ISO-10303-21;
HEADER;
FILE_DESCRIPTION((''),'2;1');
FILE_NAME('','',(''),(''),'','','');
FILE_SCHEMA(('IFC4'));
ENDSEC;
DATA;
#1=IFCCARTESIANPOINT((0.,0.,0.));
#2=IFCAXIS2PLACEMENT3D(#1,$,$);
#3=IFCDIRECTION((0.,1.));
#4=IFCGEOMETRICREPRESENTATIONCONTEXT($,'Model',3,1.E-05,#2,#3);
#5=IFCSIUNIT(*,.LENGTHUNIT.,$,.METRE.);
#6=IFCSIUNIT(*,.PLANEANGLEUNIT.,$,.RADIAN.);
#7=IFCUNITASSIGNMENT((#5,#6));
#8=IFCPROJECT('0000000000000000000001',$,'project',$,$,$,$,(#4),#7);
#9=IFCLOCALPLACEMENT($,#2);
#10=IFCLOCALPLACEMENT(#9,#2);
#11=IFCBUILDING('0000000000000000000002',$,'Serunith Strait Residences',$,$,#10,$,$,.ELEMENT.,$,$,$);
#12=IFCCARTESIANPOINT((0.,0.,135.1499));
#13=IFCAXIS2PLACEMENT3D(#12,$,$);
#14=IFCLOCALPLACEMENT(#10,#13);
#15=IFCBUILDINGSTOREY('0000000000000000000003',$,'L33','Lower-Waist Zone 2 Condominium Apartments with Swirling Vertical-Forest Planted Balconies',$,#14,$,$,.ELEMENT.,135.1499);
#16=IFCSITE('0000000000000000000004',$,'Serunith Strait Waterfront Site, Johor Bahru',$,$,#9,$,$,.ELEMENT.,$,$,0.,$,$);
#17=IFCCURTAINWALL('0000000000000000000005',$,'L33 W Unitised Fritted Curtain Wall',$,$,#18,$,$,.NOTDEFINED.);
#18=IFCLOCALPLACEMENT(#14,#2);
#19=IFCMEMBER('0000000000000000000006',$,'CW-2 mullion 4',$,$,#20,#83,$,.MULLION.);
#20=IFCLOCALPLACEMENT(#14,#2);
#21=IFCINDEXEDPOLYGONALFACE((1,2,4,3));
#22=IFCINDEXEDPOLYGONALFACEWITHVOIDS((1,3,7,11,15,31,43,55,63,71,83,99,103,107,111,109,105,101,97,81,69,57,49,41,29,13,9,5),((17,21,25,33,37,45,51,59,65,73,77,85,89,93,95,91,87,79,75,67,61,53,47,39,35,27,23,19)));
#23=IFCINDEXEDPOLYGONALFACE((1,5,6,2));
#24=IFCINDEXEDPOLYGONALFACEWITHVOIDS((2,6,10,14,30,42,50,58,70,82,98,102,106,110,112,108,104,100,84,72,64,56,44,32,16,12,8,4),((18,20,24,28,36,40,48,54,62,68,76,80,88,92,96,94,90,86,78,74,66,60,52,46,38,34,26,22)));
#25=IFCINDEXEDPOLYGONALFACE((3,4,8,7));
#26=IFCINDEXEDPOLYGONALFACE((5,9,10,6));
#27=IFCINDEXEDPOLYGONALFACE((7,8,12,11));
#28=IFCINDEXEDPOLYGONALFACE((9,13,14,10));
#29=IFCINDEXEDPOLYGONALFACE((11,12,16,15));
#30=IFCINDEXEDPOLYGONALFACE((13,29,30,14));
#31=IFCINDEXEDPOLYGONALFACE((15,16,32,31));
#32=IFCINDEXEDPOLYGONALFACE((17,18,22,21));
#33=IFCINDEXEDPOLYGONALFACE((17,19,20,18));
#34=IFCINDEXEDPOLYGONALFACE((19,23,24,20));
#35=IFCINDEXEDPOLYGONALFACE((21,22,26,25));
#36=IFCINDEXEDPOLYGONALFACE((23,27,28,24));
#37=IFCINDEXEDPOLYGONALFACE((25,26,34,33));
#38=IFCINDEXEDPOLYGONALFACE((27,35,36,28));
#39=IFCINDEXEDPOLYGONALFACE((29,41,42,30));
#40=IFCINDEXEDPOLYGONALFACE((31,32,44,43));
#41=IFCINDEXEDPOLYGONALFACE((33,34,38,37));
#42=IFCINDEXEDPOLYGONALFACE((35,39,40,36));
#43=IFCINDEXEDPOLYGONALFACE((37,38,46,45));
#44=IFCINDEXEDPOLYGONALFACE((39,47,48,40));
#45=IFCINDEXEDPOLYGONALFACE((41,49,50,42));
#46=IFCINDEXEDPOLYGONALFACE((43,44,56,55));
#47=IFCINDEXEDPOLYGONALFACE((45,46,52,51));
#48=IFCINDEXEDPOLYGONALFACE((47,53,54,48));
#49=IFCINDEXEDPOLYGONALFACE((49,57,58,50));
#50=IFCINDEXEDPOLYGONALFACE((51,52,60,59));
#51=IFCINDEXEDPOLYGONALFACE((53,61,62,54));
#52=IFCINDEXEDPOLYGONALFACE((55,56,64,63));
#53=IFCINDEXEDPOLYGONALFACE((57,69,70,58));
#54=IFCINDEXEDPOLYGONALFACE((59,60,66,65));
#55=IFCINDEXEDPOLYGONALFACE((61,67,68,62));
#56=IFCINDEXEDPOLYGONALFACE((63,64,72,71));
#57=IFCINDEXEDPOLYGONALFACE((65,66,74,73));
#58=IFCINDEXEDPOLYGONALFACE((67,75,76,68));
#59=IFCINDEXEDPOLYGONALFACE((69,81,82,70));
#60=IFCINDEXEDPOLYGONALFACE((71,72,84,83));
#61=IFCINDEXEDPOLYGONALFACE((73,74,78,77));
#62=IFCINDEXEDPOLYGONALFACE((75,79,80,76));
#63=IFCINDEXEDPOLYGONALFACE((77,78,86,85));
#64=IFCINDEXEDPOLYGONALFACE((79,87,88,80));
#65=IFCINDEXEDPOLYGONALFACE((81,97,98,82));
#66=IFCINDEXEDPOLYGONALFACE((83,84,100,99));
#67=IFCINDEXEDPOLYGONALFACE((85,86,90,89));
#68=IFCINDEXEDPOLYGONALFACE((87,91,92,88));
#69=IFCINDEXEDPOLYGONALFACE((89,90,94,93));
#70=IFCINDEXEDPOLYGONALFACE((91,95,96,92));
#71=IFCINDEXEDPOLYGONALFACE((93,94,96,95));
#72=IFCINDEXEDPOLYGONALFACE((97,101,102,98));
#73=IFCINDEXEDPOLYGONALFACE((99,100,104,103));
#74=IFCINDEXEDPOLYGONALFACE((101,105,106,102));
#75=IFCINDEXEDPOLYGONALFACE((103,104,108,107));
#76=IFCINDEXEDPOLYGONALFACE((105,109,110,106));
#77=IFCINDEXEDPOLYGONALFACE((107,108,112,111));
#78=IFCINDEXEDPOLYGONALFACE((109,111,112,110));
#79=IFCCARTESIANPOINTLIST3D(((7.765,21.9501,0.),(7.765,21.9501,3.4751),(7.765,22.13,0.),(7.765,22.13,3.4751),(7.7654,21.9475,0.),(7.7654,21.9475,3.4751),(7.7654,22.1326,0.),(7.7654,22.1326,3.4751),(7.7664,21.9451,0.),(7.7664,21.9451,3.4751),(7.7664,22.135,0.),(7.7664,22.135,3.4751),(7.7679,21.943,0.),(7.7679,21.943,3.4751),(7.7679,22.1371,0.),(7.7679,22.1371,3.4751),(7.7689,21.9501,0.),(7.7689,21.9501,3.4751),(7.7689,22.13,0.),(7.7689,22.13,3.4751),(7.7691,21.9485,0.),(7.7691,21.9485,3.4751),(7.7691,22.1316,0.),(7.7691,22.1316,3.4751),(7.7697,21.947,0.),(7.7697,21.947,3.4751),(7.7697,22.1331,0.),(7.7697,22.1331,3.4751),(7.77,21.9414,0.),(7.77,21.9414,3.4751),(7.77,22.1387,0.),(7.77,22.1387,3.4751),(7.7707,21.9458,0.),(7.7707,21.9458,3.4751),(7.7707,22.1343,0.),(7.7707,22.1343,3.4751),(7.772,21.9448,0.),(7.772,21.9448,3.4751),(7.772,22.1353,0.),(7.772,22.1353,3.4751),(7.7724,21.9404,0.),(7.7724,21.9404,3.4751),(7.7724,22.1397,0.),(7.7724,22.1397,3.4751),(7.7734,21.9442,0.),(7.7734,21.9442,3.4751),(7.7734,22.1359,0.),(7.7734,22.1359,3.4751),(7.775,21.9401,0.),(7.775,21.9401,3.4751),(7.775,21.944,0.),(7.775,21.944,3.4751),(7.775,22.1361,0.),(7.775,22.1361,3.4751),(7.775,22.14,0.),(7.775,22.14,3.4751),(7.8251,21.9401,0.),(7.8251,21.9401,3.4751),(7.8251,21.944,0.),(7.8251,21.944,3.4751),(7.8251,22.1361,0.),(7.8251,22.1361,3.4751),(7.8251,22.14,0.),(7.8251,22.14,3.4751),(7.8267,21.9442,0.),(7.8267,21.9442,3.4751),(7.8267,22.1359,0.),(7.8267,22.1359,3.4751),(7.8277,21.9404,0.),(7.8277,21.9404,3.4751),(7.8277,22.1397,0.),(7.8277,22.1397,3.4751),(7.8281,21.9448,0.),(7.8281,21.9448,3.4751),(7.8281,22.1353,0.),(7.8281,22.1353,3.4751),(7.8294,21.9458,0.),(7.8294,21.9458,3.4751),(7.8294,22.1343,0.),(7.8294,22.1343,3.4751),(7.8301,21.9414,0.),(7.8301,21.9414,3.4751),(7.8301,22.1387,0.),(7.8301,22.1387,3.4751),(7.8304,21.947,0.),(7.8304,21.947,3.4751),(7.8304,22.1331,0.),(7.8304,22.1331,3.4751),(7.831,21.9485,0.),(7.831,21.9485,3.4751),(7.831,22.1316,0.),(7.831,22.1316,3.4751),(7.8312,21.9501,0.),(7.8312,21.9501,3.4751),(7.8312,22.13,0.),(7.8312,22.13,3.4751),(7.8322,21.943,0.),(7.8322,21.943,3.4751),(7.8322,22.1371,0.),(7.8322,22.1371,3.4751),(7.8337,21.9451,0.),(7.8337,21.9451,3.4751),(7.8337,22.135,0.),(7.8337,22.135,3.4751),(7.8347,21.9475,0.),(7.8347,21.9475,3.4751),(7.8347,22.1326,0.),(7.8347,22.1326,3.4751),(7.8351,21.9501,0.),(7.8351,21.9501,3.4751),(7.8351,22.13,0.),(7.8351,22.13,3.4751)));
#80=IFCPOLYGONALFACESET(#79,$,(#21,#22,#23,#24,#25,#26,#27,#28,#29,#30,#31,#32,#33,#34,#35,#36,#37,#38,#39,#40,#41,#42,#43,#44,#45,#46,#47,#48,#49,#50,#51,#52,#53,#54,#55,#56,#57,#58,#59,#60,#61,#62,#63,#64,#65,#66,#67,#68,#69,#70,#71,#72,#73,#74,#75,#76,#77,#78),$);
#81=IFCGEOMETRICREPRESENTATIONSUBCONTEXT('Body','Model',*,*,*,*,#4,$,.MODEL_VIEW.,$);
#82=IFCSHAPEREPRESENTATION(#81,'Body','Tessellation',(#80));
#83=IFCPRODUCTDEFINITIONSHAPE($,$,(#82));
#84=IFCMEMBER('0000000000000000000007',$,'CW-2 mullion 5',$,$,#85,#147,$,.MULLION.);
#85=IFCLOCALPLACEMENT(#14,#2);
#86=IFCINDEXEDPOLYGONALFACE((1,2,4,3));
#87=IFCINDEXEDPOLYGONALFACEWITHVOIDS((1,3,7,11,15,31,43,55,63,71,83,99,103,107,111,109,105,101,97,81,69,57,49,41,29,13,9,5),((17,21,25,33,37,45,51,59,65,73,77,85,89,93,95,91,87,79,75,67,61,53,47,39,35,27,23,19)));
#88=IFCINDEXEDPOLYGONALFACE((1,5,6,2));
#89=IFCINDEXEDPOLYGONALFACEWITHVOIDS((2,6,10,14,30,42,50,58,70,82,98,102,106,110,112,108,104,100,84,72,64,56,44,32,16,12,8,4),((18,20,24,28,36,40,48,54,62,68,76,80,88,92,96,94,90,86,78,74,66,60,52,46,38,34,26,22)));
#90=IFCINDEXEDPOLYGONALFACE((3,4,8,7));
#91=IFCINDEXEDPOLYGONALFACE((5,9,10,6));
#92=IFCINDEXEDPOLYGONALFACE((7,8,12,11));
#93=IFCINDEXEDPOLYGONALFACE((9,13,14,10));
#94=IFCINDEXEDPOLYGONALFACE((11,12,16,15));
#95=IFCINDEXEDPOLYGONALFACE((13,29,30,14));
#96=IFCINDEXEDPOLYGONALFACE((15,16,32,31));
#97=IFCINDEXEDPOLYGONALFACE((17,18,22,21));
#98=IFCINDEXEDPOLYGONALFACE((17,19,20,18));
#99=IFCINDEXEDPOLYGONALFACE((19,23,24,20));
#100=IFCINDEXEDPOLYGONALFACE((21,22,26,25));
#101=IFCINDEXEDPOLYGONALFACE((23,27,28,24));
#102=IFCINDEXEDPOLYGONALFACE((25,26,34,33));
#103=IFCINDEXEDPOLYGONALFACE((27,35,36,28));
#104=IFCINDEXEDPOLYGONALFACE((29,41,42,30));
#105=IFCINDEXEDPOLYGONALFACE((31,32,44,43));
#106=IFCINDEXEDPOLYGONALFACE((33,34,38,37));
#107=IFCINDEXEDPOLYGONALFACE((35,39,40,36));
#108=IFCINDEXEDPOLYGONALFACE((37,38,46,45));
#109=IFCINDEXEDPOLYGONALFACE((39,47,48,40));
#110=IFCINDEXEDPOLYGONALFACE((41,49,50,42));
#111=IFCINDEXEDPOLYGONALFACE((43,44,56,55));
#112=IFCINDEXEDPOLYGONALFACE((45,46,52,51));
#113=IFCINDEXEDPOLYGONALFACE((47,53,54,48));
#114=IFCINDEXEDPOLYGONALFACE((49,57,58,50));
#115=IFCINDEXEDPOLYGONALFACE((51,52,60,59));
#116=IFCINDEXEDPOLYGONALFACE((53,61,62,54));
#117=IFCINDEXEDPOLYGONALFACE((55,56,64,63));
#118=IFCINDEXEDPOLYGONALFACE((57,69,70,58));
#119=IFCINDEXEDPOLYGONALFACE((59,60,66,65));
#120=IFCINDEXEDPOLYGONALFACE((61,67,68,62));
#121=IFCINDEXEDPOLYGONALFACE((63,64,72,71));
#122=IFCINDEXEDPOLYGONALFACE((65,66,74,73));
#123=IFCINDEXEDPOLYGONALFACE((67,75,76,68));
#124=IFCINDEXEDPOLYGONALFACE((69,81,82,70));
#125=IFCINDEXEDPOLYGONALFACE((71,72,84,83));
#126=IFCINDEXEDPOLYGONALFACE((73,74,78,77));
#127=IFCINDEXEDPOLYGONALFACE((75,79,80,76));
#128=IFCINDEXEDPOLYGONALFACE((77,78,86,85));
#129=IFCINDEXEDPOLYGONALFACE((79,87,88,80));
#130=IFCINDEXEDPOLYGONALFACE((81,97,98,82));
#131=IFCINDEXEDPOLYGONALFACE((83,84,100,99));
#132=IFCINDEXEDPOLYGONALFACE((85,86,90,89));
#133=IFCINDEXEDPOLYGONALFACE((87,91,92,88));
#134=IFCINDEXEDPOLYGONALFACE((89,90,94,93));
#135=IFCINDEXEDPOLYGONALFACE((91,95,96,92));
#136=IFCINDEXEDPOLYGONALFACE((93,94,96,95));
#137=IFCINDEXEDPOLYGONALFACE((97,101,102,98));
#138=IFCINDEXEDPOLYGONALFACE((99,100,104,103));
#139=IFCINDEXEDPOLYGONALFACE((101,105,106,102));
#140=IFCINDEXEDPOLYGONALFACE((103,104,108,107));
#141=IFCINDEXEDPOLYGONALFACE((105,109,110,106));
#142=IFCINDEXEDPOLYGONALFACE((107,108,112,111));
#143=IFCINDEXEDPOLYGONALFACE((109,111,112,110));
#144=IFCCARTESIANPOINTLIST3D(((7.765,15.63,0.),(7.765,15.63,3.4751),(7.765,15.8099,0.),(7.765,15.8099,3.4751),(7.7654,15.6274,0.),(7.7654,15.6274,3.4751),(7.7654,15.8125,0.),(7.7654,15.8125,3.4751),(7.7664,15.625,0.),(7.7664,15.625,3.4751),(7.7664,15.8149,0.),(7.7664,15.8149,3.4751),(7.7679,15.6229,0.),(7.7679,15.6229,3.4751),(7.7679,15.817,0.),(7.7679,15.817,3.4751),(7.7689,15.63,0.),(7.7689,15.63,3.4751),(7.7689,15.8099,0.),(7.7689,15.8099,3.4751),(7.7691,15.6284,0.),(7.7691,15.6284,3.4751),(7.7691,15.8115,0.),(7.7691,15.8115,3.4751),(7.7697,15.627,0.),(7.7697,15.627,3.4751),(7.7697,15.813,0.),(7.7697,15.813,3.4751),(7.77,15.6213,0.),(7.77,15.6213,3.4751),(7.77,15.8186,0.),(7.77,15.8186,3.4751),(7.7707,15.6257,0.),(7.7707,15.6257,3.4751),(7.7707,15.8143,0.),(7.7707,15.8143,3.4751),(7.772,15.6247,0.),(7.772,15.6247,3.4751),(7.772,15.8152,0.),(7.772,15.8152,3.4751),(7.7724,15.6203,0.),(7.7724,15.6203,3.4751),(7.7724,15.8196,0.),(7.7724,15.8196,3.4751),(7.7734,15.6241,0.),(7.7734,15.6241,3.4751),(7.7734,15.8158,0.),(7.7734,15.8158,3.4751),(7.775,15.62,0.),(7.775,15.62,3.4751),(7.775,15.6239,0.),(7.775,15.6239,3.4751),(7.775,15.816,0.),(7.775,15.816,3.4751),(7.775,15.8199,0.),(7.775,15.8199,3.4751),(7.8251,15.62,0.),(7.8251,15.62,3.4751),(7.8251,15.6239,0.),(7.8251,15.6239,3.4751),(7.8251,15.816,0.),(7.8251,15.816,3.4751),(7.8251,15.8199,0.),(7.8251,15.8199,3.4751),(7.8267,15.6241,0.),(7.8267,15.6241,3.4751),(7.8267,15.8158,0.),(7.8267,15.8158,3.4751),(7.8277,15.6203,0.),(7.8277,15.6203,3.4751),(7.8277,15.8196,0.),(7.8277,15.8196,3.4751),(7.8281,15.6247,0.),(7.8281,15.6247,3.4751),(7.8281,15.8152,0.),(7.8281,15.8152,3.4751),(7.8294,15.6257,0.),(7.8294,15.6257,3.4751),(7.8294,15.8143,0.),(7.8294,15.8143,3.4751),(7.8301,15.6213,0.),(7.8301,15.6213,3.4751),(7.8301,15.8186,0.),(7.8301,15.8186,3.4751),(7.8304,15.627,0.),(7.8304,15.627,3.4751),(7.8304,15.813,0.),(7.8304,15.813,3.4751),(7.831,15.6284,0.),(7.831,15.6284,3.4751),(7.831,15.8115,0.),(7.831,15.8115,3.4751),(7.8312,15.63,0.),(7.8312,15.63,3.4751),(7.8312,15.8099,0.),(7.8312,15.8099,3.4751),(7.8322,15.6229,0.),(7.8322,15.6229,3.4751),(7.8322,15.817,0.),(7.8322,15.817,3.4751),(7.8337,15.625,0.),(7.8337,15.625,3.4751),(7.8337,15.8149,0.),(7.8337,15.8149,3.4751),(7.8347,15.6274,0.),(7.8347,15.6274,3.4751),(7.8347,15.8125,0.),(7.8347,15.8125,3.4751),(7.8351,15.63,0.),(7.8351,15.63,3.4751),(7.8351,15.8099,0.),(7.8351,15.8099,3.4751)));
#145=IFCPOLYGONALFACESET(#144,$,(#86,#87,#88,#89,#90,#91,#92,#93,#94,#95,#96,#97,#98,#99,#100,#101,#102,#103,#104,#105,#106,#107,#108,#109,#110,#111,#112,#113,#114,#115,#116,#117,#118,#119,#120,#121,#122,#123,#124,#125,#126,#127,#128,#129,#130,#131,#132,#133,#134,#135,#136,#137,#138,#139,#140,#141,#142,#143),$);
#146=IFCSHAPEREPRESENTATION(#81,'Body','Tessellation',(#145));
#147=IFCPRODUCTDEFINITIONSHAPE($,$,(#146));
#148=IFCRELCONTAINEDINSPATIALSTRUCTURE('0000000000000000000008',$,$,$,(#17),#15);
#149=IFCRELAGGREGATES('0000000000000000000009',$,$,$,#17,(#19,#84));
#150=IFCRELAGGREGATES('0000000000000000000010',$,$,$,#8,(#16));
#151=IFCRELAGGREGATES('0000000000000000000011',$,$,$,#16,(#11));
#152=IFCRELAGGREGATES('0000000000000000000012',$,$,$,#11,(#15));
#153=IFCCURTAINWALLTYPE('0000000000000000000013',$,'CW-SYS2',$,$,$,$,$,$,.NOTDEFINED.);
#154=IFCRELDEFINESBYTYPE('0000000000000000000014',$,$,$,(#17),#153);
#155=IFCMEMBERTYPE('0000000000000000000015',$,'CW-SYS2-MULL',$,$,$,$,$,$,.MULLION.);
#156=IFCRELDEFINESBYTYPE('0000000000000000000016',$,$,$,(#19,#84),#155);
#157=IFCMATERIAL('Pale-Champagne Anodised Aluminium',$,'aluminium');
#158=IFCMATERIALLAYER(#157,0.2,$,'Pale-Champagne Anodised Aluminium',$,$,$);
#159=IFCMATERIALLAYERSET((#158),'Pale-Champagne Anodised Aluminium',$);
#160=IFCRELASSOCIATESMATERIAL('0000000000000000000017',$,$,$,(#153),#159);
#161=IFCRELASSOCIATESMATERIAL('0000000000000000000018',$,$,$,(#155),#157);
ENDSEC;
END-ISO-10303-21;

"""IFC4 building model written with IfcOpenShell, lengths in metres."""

from ifc_helpers import new_model, si_unit, direction, frame, origin, origin_2d, place, context, subcontext, project, spatial, hollow_rectangle, extrude, source, transform, mapped, material, layer, layer_set, material_profile, profile_set, type_object, element, aggregate, save


model = new_model("IFC4")

# Units and contexts
model_context = context("Model", 3, precision=1e-05, world=origin(), true_north=direction((0.0, 1.0)))
body_context = subcontext(model_context, "Body", "Model", "MODEL_VIEW")
ifc_project = project(units=[si_unit("LENGTHUNIT", "METRE"), si_unit("PLANEANGLEUNIT", "RADIAN")], contexts=[model_context])

# Site, building, storey
site_placement = place(None, origin())
site = spatial("IfcSite", under=ifc_project, at=site_placement, Name="Serunith Strait Waterfront Site, Johor Bahru", CompositionType="ELEMENT", RefElevation=0.0)
building_placement = place(site_placement, origin())
building = spatial("IfcBuilding", under=site, at=building_placement, Name="Serunith Strait Residences", CompositionType="ELEMENT")
storey_placement = place(building_placement, frame((0.0, 0.0, 135.1499)))
storey = spatial("IfcBuildingStorey", under=building, at=storey_placement, Name="L33", Description="Lower-Waist Zone 2 Condominium Apartments with Swirling Vertical-Forest Planted Balconies", CompositionType="ELEMENT", Elevation=135.1499)

# Curtain wall, members
ifc_material_1 = material(Name="Pale-Champagne Anodised Aluminium", Category="aluminium")
ifc_layer_1 = layer(ifc_material_1, 0.2, Name="Pale-Champagne Anodised Aluminium")
ifc_layer_set_1 = layer_set([ifc_layer_1], Name="Pale-Champagne Anodised Aluminium")
curtain_wall_type = type_object("IfcCurtainWallType", Name="CW-SYS2", PredefinedType="NOTDEFINED", material=ifc_layer_set_1)
curtain_wall_placement = place(storey_placement, origin())
curtain_wall = element("IfcCurtainWall", 1, at=curtain_wall_placement, inside=storey, type_object=curtain_wall_type, Name="L33 W Unitised Fritted Curtain Wall", PredefinedType="NOTDEFINED")
ifc_material_profile_1 = material_profile(ifc_material_1, hollow_rectangle(XDim=0.0701, YDim=0.2, WallThickness=0.0039, InnerFilletRadius=0.0061, OuterFilletRadius=0.01, at=origin_2d()), Name="ALU 200x70x4")
ifc_profile_set_1 = profile_set([ifc_material_profile_1], Name="Pale-Champagne Anodised Aluminium")
member_type_1 = type_object("IfcMemberType", Name="CW-SYS2-MULL", PredefinedType="MULLION", material=ifc_profile_set_1)
shared_shape_1 = source(origin(), body_context, "Body", "SweptSolid", [
    extrude(hollow_rectangle(XDim=0.0701, YDim=0.2, WallThickness=0.0039, InnerFilletRadius=0.0061, OuterFilletRadius=0.01, at=origin_2d()), origin(), (0.0, 0.0, 1.0), 3.4751),
])
member_1_placement = place(storey_placement, frame((7.8, 22.04, 0.0), z_axis=(0.0, 0.0, 1.0), x_axis=(1.0, 0.0, 0.0)))
member_1 = element("IfcMember", 2, at=member_1_placement, type_object=member_type_1, Name="CW-2 mullion 4", PredefinedType="MULLION", context=body_context, shape_type="MappedRepresentation", body=[
    mapped(shared_shape_1, transform((0.0, 0.0, 0.0), scale=1.0)),
])
member_2_placement = place(storey_placement, frame((7.8, 15.72, 0.0), z_axis=(0.0, 0.0, 1.0), x_axis=(1.0, 0.0, 0.0)))
member_2 = element("IfcMember", 3, at=member_2_placement, type_object=member_type_1, Name="CW-2 mullion 5", PredefinedType="MULLION", context=body_context, shape_type="MappedRepresentation", body=[
    mapped(shared_shape_1, transform((0.0, 0.0, 0.0), scale=1.0)),
])
aggregate(curtain_wall, [member_1, member_2])

save(model, "model.ifc")
